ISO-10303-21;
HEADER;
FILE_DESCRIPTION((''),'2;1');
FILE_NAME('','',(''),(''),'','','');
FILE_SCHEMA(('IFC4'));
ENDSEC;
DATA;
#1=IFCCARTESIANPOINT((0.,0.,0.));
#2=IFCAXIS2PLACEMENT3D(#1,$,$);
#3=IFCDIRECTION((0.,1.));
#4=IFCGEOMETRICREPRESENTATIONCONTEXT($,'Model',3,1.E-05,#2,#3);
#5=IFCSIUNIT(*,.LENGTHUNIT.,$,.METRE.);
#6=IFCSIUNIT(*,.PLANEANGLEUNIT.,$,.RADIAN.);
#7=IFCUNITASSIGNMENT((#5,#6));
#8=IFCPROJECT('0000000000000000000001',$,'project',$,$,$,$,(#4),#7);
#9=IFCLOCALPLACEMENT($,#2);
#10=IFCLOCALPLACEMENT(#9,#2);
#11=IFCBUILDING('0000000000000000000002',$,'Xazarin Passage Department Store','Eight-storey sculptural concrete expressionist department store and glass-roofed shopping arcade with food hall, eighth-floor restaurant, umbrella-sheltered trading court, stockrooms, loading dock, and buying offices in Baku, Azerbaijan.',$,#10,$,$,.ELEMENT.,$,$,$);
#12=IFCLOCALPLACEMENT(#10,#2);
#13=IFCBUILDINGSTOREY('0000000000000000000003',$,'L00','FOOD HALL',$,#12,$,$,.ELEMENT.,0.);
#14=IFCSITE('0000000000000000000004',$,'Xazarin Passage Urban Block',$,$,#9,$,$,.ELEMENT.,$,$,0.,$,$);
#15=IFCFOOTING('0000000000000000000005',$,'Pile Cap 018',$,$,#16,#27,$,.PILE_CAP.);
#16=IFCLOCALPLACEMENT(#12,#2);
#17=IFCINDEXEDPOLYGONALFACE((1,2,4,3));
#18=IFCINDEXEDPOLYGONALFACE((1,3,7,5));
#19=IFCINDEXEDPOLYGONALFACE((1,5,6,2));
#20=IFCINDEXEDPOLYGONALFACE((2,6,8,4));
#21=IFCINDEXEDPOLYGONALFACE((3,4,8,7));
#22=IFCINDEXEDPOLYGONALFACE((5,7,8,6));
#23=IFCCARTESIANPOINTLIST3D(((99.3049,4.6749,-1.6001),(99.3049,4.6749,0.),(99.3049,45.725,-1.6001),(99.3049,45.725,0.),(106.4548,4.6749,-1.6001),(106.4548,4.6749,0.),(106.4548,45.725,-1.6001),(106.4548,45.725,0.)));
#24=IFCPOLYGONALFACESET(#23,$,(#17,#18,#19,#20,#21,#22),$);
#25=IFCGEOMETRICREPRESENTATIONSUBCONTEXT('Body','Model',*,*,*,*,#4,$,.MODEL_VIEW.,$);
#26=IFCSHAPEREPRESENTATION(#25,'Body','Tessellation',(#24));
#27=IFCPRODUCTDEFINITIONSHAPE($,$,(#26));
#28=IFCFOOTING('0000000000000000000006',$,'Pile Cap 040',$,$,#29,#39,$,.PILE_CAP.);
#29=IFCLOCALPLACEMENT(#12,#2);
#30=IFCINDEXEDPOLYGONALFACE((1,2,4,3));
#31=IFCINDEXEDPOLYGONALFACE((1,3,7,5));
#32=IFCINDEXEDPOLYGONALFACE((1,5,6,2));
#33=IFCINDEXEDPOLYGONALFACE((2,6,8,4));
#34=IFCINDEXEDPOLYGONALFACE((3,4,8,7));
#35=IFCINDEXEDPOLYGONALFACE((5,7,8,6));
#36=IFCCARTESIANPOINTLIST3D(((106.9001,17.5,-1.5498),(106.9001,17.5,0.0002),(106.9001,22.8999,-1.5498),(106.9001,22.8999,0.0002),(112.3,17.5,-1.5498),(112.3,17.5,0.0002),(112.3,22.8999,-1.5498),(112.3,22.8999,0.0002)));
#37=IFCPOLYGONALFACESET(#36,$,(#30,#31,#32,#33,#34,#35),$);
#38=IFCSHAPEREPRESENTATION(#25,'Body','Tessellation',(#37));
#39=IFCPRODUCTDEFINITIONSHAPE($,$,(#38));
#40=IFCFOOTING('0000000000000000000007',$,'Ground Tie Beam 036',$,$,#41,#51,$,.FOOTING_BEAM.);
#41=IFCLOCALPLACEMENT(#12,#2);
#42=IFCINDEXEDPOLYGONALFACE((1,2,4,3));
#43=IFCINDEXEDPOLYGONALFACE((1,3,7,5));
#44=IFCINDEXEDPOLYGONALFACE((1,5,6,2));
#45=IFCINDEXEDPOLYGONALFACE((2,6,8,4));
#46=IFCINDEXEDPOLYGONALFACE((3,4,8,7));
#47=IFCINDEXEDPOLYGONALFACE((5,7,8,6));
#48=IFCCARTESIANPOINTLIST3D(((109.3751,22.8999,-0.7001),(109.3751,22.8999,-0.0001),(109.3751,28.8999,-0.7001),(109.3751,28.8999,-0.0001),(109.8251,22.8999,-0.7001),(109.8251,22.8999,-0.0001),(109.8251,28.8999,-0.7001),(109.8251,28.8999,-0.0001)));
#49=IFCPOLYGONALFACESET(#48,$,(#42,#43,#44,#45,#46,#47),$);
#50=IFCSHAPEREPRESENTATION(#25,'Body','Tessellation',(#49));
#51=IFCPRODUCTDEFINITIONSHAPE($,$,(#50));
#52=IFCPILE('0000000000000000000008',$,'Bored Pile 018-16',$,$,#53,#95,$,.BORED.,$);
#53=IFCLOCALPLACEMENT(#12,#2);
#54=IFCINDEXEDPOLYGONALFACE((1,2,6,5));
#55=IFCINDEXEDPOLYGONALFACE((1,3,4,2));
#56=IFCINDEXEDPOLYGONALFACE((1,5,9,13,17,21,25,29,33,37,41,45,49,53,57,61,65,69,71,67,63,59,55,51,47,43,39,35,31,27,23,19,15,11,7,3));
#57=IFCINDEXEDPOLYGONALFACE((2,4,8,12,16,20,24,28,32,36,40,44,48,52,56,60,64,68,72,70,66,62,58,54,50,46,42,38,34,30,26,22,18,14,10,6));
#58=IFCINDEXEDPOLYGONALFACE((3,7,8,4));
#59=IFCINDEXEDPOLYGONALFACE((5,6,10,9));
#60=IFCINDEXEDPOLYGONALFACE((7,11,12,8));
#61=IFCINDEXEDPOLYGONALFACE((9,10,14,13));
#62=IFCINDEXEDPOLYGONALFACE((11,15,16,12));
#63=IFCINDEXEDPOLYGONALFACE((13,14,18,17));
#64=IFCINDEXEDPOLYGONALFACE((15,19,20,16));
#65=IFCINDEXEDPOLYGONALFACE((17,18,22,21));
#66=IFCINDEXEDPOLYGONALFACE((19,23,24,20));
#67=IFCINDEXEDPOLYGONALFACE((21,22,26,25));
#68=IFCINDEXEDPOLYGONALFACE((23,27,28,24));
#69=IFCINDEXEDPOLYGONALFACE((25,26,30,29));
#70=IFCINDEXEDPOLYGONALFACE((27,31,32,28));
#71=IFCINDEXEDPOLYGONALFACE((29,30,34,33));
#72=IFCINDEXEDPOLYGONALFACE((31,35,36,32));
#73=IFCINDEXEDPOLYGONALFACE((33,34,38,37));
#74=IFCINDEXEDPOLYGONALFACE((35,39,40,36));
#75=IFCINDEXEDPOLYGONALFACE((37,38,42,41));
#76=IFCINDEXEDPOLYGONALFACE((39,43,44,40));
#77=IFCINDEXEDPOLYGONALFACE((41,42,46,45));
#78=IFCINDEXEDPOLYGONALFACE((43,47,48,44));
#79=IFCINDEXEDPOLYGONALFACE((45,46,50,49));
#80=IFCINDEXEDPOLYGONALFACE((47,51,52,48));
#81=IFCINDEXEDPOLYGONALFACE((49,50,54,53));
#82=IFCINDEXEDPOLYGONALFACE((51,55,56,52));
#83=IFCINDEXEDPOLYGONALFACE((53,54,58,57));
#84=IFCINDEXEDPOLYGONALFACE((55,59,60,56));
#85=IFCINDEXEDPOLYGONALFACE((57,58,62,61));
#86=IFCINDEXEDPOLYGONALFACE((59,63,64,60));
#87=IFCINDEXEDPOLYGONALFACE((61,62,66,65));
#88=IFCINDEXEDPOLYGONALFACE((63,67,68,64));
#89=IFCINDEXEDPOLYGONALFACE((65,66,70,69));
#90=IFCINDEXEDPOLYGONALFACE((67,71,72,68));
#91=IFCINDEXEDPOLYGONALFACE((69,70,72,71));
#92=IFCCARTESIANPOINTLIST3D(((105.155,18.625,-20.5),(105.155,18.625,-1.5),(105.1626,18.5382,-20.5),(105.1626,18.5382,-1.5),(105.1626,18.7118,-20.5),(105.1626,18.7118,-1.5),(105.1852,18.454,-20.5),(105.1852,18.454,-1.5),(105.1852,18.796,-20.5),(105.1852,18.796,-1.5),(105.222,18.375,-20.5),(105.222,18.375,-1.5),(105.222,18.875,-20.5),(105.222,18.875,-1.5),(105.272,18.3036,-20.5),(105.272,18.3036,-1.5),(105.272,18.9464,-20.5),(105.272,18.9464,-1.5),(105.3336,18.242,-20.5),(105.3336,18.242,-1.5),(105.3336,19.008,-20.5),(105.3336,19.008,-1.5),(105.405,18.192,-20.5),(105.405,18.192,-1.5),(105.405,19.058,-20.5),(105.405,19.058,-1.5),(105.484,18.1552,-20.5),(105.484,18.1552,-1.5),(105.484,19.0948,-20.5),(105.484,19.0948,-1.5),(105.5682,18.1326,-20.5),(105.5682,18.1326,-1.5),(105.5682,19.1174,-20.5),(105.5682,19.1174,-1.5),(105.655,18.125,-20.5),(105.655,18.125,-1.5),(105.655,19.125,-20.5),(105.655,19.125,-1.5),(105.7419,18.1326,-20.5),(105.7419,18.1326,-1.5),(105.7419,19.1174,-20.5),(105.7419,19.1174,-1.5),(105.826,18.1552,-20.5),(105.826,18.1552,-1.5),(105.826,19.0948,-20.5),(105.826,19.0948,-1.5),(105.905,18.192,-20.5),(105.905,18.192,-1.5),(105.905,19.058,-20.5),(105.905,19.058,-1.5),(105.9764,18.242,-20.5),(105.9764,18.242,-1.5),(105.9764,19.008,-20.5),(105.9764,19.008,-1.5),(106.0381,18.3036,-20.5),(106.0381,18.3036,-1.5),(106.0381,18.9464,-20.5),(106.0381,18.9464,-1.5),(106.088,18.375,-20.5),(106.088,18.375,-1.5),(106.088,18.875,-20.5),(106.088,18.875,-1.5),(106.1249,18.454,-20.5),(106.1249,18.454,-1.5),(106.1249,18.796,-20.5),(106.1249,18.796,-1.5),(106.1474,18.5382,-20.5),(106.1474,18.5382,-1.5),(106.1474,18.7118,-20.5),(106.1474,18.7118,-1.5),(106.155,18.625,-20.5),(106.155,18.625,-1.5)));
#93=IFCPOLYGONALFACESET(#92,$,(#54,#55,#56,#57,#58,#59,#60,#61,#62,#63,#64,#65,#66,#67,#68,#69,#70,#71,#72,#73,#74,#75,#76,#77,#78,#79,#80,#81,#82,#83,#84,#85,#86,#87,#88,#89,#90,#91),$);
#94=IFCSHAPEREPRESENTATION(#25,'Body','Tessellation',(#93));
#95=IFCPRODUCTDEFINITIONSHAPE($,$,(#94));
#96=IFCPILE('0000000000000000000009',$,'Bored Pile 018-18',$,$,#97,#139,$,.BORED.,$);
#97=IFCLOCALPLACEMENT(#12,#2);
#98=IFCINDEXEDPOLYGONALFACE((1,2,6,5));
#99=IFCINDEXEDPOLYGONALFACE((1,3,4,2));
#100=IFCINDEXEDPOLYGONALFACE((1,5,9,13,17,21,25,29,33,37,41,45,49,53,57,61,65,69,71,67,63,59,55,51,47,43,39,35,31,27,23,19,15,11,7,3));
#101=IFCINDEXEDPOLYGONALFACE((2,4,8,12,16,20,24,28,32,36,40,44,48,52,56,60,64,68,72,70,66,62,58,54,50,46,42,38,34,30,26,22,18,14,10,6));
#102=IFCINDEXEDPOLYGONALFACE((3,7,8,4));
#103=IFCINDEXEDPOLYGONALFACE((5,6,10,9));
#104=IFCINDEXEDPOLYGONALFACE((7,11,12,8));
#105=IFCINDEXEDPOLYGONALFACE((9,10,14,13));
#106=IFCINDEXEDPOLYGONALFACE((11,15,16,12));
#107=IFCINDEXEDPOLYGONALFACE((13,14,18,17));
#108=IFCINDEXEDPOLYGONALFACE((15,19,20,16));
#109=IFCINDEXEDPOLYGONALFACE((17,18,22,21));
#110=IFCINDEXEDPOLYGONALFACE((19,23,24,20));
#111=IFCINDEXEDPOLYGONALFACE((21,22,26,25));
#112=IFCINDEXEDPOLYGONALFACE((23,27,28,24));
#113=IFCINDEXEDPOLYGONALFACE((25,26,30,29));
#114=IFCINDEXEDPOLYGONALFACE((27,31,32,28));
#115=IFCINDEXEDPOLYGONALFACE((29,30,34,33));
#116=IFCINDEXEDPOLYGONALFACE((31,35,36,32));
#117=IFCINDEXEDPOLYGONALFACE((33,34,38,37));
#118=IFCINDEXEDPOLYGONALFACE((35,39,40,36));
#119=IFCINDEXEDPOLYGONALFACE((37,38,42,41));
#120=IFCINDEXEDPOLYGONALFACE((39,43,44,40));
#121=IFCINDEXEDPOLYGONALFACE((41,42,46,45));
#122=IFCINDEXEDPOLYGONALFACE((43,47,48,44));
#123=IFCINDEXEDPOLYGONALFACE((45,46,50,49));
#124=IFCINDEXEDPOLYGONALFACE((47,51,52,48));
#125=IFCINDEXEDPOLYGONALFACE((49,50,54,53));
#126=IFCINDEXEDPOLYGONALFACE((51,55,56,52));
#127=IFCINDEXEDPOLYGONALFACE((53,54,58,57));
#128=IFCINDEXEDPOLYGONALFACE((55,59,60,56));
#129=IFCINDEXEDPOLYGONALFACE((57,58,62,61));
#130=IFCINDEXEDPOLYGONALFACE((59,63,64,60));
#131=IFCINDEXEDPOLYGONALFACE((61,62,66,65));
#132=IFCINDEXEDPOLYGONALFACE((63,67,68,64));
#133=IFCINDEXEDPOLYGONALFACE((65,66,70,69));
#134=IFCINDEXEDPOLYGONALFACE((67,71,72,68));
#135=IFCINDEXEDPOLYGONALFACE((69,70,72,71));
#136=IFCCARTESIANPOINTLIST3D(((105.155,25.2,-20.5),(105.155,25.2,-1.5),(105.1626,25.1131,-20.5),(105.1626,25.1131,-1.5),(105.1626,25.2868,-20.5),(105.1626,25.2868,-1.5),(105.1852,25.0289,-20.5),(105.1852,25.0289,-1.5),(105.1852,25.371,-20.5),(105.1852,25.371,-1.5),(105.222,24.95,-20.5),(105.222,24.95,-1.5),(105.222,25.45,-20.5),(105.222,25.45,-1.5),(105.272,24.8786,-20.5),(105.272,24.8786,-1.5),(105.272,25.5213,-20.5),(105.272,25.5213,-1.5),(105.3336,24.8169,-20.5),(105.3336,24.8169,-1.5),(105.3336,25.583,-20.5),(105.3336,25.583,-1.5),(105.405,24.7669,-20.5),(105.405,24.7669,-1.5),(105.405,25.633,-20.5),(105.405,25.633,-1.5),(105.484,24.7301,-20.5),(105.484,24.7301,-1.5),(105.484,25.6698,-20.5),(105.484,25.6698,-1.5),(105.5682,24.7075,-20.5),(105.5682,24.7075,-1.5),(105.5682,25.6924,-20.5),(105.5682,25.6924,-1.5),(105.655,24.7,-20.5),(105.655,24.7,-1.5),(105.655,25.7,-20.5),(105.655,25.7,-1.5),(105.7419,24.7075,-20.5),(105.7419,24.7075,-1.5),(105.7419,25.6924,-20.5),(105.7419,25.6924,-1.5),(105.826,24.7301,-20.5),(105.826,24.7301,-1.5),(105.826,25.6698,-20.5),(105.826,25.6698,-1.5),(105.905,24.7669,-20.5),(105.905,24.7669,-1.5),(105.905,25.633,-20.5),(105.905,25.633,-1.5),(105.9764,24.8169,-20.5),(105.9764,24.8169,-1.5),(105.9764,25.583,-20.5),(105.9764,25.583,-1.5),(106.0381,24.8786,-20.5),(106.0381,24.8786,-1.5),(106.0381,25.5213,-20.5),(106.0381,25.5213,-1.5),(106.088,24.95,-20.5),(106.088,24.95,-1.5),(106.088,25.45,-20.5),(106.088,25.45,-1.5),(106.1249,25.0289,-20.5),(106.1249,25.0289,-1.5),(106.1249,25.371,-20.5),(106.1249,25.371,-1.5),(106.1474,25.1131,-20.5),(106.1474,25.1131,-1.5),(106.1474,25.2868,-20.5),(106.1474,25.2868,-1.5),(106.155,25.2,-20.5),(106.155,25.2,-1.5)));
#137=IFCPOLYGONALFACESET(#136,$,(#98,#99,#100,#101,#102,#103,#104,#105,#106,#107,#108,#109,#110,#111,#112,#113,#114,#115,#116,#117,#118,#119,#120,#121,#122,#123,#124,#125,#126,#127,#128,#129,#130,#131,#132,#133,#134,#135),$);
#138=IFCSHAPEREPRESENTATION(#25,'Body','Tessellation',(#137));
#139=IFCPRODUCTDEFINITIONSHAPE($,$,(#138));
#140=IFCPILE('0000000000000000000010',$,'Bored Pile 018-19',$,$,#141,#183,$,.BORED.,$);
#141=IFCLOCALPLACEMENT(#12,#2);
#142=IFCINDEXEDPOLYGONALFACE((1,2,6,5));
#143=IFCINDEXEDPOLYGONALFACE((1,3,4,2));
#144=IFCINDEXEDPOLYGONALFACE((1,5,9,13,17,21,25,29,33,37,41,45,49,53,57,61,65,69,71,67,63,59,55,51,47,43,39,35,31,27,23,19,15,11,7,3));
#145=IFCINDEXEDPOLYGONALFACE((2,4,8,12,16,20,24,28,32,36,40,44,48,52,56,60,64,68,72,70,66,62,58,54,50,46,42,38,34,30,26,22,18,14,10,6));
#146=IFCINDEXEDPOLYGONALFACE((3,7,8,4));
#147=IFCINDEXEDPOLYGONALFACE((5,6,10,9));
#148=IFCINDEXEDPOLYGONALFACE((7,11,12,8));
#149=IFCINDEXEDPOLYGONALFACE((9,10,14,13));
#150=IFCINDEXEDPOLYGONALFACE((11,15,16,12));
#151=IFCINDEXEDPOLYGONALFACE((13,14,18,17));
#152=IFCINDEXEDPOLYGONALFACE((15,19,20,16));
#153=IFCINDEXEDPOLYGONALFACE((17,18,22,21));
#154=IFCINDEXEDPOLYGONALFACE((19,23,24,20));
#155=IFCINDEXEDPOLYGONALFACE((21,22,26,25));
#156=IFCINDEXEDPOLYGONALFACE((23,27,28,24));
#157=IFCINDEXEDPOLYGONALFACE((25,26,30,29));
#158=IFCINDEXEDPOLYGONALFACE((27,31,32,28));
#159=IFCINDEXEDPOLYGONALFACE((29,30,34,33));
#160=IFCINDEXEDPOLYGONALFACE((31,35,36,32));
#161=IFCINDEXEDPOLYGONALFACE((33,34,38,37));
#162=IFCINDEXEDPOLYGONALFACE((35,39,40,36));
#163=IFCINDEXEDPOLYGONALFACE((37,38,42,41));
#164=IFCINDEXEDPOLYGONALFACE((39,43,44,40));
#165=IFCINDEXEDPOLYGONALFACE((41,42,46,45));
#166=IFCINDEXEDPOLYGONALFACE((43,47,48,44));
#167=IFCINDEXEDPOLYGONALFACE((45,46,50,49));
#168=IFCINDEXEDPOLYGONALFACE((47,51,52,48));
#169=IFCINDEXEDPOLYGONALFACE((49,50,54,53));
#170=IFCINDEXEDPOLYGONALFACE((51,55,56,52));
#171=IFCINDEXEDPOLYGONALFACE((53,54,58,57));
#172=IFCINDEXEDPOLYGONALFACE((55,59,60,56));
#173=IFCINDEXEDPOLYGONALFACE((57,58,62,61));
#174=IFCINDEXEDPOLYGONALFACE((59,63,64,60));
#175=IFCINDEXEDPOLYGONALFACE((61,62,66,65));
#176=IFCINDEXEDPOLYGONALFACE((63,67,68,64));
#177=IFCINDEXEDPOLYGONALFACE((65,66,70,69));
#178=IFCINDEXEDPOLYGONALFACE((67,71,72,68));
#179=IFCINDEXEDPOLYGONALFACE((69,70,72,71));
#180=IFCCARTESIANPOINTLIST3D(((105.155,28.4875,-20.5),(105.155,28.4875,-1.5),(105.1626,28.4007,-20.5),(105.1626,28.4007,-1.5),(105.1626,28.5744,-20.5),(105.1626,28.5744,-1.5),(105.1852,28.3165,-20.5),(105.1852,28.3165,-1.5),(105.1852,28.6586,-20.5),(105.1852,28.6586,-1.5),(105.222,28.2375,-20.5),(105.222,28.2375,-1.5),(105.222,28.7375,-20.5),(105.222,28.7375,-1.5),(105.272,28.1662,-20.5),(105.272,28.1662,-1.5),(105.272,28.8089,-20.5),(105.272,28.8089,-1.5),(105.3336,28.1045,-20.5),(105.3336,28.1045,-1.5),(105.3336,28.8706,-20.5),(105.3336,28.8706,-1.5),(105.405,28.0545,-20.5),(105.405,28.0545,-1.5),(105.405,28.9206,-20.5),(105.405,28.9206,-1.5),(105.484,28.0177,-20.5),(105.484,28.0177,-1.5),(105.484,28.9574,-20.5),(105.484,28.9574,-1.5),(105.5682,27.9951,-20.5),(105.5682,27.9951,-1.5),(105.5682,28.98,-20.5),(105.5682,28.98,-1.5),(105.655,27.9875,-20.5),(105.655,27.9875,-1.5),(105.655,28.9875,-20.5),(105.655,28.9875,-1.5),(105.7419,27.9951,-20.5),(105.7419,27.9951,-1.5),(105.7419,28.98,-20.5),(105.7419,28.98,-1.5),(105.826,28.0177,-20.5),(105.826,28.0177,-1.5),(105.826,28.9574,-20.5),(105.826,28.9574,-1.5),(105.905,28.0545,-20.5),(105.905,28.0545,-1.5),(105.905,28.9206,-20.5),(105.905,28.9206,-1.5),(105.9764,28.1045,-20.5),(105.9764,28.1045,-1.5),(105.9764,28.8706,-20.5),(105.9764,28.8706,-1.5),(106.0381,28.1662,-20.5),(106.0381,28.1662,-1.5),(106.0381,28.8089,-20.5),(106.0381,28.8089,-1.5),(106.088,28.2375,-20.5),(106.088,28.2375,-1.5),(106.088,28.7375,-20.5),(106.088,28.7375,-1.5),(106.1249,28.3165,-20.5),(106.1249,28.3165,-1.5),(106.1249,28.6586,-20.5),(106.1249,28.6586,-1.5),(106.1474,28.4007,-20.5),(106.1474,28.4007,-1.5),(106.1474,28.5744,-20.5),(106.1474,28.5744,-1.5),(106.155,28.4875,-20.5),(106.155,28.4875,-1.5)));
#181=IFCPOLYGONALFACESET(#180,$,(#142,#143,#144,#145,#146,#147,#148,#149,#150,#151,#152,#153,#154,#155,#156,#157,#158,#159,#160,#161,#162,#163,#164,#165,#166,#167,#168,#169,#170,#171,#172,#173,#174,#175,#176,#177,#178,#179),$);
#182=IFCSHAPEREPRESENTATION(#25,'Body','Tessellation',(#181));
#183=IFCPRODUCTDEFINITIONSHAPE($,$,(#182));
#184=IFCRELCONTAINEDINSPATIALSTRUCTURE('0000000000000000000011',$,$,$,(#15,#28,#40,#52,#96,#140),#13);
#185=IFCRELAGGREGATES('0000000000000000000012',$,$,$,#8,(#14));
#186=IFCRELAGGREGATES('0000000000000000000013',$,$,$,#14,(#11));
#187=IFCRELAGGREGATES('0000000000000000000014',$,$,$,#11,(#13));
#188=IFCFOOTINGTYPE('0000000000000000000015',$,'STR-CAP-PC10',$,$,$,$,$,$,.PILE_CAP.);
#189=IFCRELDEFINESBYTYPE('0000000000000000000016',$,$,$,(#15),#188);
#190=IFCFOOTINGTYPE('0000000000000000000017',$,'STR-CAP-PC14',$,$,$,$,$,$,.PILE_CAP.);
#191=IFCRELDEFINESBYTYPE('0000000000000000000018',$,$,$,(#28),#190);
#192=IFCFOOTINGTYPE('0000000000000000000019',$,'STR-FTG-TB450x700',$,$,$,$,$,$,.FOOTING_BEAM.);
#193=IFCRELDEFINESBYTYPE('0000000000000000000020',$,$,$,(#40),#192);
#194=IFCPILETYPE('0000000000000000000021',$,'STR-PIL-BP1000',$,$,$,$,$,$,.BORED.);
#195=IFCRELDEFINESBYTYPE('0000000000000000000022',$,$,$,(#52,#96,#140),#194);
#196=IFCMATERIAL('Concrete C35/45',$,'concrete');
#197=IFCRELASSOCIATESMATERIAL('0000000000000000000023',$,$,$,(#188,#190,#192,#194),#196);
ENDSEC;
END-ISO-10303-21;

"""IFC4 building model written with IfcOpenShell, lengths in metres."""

from ifc_helpers import new_model, si_unit, direction, frame, origin, origin_2d, place, context, subcontext, project, spatial, rectangle, circle, extrude, material, material_profile, profile_set, type_object, element, save


model = new_model("IFC4")

# Units and contexts
model_context = context("Model", 3, precision=1e-05, world=origin(), true_north=direction((0.0, 1.0)))
body_context = subcontext(model_context, "Body", "Model", "MODEL_VIEW")
ifc_project = project(units=[si_unit("LENGTHUNIT", "METRE"), si_unit("PLANEANGLEUNIT", "RADIAN")], contexts=[model_context])

# Site, building, storey
site_placement = place(None, origin())
site = spatial("IfcSite", under=ifc_project, at=site_placement, Name="Xazarin Passage Urban Block", CompositionType="ELEMENT", RefElevation=0.0)
building_placement = place(site_placement, origin())
building = spatial("IfcBuilding", under=site, at=building_placement, Name="Xazarin Passage Department Store", Description="Eight-storey sculptural concrete expressionist department store and glass-roofed shopping arcade with food hall, eighth-floor restaurant, umbrella-sheltered trading court, stockrooms, loading dock, and buying offices in Baku, Azerbaijan.", CompositionType="ELEMENT")
storey_placement = place(building_placement, origin())
storey = spatial("IfcBuildingStorey", under=building, at=storey_placement, Name="L00", Description="FOOD HALL", CompositionType="ELEMENT", Elevation=0.0)

# Footings
ifc_material_1 = material(Name="Concrete C35/45", Category="concrete")
footing_type_1 = type_object("IfcFootingType", Name="STR-CAP-PC10", PredefinedType="PILE_CAP", material=ifc_material_1)
footing_1_placement = place(storey_placement, frame((102.8799, 25.2, -1.6001), z_axis=(0.0, 0.0, 1.0), x_axis=(0.0, 1.0, 0.0)))
element("IfcFooting", 1, at=footing_1_placement, inside=storey, type_object=footing_type_1, Name="Pile Cap 018", PredefinedType="PILE_CAP", context=body_context, shape_type="SweptSolid", body=[
    extrude(rectangle(XDim=41.05, YDim=7.1499, at=origin_2d()), origin(), (0.0, 0.0, 1.0), 1.6001),
])
footing_type_2 = type_object("IfcFootingType", Name="STR-CAP-PC14", PredefinedType="PILE_CAP", material=ifc_material_1)
footing_2_placement = place(storey_placement, frame((109.6001, 20.2, -1.5498), z_axis=(0.0, 0.0, 1.0), x_axis=(1.0, 0.0, 0.0)))
element("IfcFooting", 2, at=footing_2_placement, inside=storey, type_object=footing_type_2, Name="Pile Cap 040", PredefinedType="PILE_CAP", context=body_context, shape_type="SweptSolid", body=[
    extrude(rectangle(XDim=5.3999, YDim=5.3999, at=origin_2d()), origin(), (0.0, 0.0, 1.0), 1.55),
])
ifc_material_profile_1 = material_profile(ifc_material_1, rectangle(XDim=0.45, YDim=0.7, at=origin_2d()), Name="RC 450x700")
ifc_profile_set_1 = profile_set([ifc_material_profile_1], Name="Concrete C35/45")
footing_type_3 = type_object("IfcFootingType", Name="STR-FTG-TB450x700", PredefinedType="FOOTING_BEAM", material=ifc_profile_set_1)
footing_3_placement = place(storey_placement, frame((109.6001, 22.8999, -0.3501), z_axis=(0.0, 1.0, 0.0), x_axis=(-1.0, 0.0, 0.0)))
element("IfcFooting", 3, at=footing_3_placement, inside=storey, type_object=footing_type_3, Name="Ground Tie Beam 036", PredefinedType="FOOTING_BEAM", context=body_context, shape_type="SweptSolid", body=[
    extrude(rectangle(XDim=0.45, YDim=0.7, at=origin_2d()), origin(), (0.0, 0.0, 1.0), 6.0),
])

# Piles
ifc_material_profile_2 = material_profile(ifc_material_1, circle(Radius=0.5, at=origin_2d()), Name="BP 1000")
ifc_profile_set_2 = profile_set([ifc_material_profile_2], Name="Concrete C35/45")
pile_type_1 = type_object("IfcPileType", Name="STR-PIL-BP1000", PredefinedType="BORED", material=ifc_profile_set_2)
for number, where, z_axis, x_axis, name in (
    (4, (105.655, 18.625, -1.5), (0.0, 0.0, -1.0), (1.0, 0.0, 0.0), "Bored Pile 018-16"),
    (5, (105.655, 25.2, -1.5), (0.0, 0.0, -1.0), (1.0, 0.0, 0.0), "Bored Pile 018-18"),
    (6, (105.655, 28.4875, -1.5), (0.0, 0.0, -1.0), (1.0, 0.0, 0.0), "Bored Pile 018-19"),
):
    element("IfcPile", number, at=place(storey_placement, frame(where, z_axis=z_axis, x_axis=x_axis)), inside=storey, type_object=pile_type_1, Name=name, PredefinedType="BORED", context=body_context, shape_type="SweptSolid", body=[
        extrude(circle(Radius=0.5, at=origin_2d()), origin(), (0.0, 0.0, 1.0), 19.0),
    ])

save(model, "model.ifc")
